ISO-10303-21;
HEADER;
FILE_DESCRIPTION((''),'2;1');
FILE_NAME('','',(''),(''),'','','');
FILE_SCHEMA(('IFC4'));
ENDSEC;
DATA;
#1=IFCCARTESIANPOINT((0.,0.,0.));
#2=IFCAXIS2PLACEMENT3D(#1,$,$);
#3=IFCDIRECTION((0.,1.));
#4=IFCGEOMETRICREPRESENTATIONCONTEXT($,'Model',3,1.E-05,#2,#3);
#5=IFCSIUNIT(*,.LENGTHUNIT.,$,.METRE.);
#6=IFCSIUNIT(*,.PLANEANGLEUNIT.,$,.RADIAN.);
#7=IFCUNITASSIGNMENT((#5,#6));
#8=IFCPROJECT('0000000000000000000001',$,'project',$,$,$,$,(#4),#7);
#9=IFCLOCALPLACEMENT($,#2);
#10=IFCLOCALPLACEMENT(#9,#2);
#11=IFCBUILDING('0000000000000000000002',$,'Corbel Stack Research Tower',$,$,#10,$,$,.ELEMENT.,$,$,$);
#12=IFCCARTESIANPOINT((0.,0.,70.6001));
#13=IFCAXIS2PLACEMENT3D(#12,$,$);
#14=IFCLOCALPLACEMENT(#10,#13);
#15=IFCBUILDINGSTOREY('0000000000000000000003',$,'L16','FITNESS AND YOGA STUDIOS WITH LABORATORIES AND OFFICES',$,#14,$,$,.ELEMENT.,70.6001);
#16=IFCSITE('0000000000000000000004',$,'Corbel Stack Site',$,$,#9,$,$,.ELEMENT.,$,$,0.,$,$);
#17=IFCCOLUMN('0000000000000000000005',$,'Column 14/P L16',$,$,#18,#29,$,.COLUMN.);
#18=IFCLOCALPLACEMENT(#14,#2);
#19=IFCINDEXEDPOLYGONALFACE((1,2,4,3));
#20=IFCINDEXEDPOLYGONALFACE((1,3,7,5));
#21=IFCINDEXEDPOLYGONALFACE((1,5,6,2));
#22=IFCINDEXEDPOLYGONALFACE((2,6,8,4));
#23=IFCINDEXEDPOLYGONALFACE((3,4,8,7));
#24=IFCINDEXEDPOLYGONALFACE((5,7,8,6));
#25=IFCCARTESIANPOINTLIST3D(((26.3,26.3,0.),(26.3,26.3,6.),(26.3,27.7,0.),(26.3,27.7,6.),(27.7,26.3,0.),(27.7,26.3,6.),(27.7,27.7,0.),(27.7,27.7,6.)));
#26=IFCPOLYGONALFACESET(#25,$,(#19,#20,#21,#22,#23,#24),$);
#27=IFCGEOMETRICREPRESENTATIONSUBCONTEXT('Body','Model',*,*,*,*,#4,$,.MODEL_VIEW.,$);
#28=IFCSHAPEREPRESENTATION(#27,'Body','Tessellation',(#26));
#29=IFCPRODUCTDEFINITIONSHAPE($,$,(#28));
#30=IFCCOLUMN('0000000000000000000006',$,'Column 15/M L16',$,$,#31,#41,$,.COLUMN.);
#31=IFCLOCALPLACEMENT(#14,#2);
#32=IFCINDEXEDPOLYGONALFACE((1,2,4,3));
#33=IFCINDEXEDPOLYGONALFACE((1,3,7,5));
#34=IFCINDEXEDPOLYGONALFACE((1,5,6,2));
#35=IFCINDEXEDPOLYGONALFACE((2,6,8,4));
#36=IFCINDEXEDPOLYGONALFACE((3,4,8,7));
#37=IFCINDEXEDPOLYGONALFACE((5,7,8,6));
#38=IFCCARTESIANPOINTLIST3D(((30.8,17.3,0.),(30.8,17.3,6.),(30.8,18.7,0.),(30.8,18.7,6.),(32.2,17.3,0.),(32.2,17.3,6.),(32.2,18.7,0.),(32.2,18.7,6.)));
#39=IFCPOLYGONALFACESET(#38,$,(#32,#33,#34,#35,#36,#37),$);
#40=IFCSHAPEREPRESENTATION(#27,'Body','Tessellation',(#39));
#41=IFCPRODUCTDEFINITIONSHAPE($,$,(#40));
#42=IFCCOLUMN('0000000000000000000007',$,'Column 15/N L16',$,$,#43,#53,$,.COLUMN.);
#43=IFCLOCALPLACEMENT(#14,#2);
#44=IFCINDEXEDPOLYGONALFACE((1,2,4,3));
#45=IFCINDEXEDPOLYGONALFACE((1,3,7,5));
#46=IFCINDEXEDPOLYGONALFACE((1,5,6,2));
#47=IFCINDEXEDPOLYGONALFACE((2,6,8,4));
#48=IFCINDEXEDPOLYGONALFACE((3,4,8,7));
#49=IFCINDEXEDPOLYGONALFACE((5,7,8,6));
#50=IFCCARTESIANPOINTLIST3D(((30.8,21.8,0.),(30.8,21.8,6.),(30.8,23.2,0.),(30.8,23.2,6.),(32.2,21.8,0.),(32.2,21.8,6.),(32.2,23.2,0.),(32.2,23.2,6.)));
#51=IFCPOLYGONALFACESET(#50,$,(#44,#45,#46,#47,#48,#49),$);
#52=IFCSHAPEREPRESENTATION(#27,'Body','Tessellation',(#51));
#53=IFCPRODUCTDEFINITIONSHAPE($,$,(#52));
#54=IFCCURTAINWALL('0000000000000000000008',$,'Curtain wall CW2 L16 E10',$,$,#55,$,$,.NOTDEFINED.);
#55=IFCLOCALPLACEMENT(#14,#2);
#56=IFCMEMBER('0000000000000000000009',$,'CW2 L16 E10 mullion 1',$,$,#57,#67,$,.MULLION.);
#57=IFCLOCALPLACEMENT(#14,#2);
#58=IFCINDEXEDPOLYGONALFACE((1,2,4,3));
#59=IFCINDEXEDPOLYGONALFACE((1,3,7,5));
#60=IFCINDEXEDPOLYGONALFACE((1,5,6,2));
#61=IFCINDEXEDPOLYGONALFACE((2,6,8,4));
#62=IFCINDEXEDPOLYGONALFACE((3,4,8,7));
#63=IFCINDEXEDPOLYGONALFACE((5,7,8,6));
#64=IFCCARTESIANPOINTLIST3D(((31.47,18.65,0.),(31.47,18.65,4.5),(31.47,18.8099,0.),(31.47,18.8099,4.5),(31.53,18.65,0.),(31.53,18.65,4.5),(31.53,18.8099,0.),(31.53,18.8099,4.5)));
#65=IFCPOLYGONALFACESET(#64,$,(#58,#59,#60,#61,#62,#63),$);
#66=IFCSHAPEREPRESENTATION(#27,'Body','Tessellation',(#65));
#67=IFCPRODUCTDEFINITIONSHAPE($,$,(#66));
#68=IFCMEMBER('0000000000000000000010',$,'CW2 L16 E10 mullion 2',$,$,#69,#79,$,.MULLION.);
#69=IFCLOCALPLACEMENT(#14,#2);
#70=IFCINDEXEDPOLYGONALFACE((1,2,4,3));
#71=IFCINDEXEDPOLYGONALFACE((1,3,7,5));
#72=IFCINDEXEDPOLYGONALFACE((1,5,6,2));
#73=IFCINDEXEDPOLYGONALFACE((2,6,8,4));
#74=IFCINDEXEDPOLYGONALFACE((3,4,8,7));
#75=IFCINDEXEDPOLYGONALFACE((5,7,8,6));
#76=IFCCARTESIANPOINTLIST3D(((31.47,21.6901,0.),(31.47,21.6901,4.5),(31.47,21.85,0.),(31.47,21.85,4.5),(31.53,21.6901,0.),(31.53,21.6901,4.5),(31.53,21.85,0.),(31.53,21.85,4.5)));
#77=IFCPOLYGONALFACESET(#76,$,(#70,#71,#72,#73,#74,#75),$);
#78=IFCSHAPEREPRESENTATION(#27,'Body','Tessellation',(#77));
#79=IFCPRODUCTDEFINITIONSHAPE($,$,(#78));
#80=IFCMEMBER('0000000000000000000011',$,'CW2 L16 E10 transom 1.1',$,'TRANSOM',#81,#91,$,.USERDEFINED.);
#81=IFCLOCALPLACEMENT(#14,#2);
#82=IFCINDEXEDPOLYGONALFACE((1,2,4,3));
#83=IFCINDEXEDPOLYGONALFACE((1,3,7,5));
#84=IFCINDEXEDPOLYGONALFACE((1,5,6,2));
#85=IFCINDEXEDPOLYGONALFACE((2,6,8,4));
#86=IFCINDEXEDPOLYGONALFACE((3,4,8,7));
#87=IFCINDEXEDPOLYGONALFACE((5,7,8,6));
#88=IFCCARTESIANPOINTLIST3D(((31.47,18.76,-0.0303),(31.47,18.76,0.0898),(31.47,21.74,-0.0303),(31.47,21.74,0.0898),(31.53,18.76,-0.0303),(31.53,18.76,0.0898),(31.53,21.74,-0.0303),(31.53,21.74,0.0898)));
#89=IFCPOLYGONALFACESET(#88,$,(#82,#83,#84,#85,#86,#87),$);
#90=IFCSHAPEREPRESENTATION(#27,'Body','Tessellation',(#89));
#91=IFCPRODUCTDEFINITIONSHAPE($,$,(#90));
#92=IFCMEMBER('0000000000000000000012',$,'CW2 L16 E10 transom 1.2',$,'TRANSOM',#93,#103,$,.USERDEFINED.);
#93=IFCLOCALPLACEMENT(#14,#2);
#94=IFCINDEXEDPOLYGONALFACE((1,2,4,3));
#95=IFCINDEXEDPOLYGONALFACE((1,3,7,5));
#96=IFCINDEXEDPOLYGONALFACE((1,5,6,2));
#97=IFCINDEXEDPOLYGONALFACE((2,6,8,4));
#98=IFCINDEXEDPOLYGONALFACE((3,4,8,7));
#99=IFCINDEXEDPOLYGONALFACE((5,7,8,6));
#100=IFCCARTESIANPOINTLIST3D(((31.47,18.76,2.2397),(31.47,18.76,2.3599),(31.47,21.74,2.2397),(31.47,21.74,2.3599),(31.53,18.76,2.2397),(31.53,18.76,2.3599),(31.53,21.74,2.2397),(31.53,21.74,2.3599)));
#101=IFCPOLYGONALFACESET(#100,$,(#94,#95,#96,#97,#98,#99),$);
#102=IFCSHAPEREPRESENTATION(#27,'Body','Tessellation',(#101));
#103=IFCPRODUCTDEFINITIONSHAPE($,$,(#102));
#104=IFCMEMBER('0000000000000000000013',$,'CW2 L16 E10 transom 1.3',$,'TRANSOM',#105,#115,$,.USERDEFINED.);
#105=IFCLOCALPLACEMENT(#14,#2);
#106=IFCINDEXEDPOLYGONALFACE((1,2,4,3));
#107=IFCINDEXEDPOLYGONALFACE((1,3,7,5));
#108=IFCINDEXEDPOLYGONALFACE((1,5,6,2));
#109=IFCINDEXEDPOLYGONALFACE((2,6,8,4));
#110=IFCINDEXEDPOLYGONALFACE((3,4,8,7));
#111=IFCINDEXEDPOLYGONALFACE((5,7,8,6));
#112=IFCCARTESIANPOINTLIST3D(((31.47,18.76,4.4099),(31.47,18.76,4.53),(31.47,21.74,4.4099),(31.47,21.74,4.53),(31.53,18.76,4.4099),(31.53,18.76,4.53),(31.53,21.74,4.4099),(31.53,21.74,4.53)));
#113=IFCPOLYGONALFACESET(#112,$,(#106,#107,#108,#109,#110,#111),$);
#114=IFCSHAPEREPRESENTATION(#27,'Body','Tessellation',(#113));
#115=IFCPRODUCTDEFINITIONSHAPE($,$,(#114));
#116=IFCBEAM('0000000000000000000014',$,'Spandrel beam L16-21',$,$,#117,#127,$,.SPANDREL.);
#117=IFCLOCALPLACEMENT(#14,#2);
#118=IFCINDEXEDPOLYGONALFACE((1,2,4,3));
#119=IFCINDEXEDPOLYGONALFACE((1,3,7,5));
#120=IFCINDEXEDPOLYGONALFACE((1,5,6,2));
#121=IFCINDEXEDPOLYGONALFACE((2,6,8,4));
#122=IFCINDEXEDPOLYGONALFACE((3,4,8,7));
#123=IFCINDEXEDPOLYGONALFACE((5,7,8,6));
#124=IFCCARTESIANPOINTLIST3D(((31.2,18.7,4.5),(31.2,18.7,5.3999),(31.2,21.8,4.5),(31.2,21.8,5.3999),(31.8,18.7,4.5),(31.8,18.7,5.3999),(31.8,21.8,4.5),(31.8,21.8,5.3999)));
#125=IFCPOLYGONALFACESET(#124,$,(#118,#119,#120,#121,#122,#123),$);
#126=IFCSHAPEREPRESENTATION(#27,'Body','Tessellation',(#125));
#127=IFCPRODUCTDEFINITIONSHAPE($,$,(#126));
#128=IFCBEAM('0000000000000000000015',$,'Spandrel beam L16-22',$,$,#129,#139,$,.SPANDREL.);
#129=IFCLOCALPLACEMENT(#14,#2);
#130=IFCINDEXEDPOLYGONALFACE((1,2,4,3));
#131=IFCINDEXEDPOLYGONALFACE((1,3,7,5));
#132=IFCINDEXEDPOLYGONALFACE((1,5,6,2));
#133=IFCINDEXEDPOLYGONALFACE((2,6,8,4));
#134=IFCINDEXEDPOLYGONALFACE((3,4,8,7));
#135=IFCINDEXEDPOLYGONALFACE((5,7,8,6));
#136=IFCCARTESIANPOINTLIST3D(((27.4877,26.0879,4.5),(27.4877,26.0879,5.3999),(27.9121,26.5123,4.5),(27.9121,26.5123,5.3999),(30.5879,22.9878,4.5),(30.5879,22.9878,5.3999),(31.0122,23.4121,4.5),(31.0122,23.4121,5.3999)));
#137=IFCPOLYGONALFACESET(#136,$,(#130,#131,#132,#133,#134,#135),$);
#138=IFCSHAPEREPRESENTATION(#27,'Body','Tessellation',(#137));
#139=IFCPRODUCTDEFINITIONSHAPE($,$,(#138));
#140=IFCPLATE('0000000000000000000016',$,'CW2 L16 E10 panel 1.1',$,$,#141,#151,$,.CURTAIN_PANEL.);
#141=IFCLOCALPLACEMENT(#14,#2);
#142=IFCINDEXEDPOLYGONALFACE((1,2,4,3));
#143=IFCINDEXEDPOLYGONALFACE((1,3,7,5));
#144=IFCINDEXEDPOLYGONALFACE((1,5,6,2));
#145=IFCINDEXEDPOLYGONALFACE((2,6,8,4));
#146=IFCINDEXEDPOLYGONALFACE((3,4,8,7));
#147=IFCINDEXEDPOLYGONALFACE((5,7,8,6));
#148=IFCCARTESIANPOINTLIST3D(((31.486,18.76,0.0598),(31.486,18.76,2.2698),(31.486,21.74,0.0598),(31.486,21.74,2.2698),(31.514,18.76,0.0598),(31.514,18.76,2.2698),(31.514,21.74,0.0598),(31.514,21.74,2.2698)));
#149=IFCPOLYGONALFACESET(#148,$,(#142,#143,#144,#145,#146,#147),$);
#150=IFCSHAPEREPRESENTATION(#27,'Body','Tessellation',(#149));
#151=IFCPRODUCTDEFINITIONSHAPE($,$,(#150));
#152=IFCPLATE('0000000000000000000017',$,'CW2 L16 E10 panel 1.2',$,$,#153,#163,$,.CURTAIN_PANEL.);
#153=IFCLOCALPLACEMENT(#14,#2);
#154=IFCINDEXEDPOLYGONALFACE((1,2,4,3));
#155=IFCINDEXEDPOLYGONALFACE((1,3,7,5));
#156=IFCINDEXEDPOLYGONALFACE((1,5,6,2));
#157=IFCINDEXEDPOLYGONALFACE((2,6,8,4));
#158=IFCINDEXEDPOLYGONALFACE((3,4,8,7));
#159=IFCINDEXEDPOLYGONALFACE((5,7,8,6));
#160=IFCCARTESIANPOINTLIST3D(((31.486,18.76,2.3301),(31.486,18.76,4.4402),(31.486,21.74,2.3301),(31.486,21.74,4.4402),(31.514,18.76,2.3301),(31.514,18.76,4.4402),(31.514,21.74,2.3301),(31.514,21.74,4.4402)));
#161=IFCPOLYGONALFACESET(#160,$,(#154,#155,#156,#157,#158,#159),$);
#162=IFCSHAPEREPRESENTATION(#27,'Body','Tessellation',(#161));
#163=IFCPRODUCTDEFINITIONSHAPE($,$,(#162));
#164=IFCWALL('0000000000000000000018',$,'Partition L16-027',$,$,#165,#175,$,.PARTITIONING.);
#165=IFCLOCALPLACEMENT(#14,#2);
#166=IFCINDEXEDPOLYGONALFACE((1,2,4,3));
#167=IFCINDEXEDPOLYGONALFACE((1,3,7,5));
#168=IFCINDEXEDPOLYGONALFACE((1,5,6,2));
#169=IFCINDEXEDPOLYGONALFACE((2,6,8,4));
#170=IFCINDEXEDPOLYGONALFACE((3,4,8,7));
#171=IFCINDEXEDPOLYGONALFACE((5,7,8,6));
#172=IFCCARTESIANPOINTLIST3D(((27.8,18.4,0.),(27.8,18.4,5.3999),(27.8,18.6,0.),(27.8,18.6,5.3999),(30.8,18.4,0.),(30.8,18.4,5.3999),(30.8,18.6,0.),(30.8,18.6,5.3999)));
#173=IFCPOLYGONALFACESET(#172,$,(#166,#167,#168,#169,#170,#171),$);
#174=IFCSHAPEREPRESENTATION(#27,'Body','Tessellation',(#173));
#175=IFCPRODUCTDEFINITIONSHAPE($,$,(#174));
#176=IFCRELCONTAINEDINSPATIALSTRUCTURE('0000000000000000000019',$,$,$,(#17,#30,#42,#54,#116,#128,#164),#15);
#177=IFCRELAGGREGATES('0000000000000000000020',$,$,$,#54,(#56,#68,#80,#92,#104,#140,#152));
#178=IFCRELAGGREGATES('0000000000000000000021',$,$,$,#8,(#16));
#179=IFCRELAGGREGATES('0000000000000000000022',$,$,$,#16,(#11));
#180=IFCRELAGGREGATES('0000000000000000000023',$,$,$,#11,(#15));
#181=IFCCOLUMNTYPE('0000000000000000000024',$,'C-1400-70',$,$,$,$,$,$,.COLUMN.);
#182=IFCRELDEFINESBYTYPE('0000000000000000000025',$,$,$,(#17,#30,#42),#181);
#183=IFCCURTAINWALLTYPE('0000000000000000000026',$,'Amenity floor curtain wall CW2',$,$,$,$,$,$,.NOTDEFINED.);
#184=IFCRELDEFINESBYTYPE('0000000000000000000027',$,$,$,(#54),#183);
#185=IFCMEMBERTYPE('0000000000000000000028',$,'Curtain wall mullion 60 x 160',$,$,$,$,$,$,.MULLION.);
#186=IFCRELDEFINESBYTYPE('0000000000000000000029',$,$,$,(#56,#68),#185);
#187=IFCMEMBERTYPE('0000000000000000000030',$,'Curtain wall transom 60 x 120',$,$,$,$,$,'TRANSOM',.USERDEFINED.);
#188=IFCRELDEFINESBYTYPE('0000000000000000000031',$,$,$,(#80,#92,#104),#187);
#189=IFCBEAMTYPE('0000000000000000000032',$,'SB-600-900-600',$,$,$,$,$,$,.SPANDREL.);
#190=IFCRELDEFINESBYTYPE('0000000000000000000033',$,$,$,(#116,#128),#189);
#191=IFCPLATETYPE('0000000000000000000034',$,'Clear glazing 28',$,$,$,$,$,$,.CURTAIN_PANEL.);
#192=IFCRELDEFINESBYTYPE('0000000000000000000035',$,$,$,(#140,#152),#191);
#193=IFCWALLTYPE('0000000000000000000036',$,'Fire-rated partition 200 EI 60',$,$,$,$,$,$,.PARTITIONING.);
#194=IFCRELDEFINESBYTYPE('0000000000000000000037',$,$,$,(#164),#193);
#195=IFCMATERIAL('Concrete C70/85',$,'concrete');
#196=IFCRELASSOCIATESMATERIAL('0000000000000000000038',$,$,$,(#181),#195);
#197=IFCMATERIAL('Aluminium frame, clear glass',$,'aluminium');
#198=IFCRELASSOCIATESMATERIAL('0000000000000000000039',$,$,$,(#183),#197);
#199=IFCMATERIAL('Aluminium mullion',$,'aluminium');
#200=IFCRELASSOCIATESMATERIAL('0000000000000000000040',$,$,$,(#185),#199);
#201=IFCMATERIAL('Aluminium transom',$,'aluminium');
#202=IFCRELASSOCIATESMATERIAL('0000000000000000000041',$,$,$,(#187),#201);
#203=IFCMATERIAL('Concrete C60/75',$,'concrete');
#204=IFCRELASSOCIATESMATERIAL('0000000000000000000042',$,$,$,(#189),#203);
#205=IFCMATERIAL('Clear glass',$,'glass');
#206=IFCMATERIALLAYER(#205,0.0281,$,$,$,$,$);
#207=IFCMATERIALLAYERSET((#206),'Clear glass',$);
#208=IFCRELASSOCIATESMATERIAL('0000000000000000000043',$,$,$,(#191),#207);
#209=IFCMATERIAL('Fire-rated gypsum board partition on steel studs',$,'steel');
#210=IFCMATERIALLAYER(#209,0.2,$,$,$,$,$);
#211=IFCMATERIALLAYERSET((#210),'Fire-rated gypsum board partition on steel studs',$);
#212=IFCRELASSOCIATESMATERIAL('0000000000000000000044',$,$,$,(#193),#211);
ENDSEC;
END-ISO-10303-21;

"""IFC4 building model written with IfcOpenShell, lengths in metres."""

from ifc_helpers import new_model, si_unit, direction, frame, frame_2d, origin, origin_2d, place, context, subcontext, project, spatial, rectangle, extrude, material, layer, layer_set, material_profile, profile_set, type_object, element, aggregate, save


model = new_model("IFC4")

# Units and contexts
model_context = context("Model", 3, precision=1e-05, world=origin(), true_north=direction((0.0, 1.0)))
body_context = subcontext(model_context, "Body", "Model", "MODEL_VIEW")
ifc_project = project(units=[si_unit("LENGTHUNIT", "METRE"), si_unit("PLANEANGLEUNIT", "RADIAN")], contexts=[model_context])

# Site, building, storey
site_placement = place(None, origin())
site = spatial("IfcSite", under=ifc_project, at=site_placement, Name="Corbel Stack Site", CompositionType="ELEMENT", RefElevation=0.0)
building_placement = place(site_placement, origin())
building = spatial("IfcBuilding", under=site, at=building_placement, Name="Corbel Stack Research Tower", CompositionType="ELEMENT")
storey_placement = place(building_placement, frame((0.0, 0.0, 70.6001)))
storey = spatial("IfcBuildingStorey", under=building, at=storey_placement, Name="L16", Description="FITNESS AND YOGA STUDIOS WITH LABORATORIES AND OFFICES", CompositionType="ELEMENT", Elevation=70.6001)

# Columns
ifc_material_1 = material(Name="Concrete C70/85", Category="concrete")
ifc_material_profile_1 = material_profile(ifc_material_1, rectangle(XDim=1.3999, YDim=1.3999, at=origin_2d()), Name="RC 1400 x 1400")
ifc_profile_set_1 = profile_set([ifc_material_profile_1], Name="Concrete C70/85")
column_type = type_object("IfcColumnType", Name="C-1400-70", PredefinedType="COLUMN", material=ifc_profile_set_1)
for number, where, z_axis, x_axis, name in (
    (1, (27.0, 27.0, 0.0), (0.0, 0.0, 1.0), (1.0, 0.0, 0.0), "Column 14/P L16"),
    (2, (31.5, 18.0, 0.0), (0.0, 0.0, 1.0), (1.0, 0.0, 0.0), "Column 15/M L16"),
    (3, (31.5, 22.5, 0.0), (0.0, 0.0, 1.0), (1.0, 0.0, 0.0), "Column 15/N L16"),
):
    element("IfcColumn", number, at=place(storey_placement, frame(where, z_axis=z_axis, x_axis=x_axis)), inside=storey, type_object=column_type, Name=name, PredefinedType="COLUMN", context=body_context, shape_type="SweptSolid", body=[
        extrude(rectangle(XDim=1.3999, YDim=1.3999, at=origin_2d()), origin(), (0.0, 0.0, 1.0), 6.0),
    ])

# Curtain wall, members
ifc_material_2 = material(Name="Aluminium frame, clear glass", Category="aluminium")
curtain_wall_type = type_object("IfcCurtainWallType", Name="Amenity floor curtain wall CW2", PredefinedType="NOTDEFINED", material=ifc_material_2)
curtain_wall_placement = place(storey_placement, origin())
curtain_wall = element("IfcCurtainWall", 4, at=curtain_wall_placement, inside=storey, type_object=curtain_wall_type, Name="Curtain wall CW2 L16 E10", PredefinedType="NOTDEFINED")
ifc_material_3 = material(Name="Aluminium mullion", Category="aluminium")
ifc_material_profile_2 = material_profile(ifc_material_3, rectangle(XDim=0.0601, YDim=0.1599, at=origin_2d()), Name="Mullion 60 x 160")
ifc_profile_set_2 = profile_set([ifc_material_profile_2], Name="Aluminium mullion")
member_type_1 = type_object("IfcMemberType", Name="Curtain wall mullion 60 x 160", PredefinedType="MULLION", material=ifc_profile_set_2)
member_1_placement = place(storey_placement, frame((31.5, 18.73, 0.0), z_axis=(0.0, 0.0, 1.0), x_axis=(-1.0, 0.0, 0.0)))
member_1 = element("IfcMember", 5, at=member_1_placement, type_object=member_type_1, Name="CW2 L16 E10 mullion 1", PredefinedType="MULLION", context=body_context, shape_type="SweptSolid", body=[
    extrude(rectangle(XDim=0.0601, YDim=0.1599, at=origin_2d()), origin(), (0.0, 0.0, 1.0), 4.5),
])
member_2_placement = place(storey_placement, frame((31.5, 21.77, 0.0), z_axis=(0.0, 0.0, 1.0), x_axis=(-1.0, 0.0, 0.0)))
member_2 = element("IfcMember", 6, at=member_2_placement, type_object=member_type_1, Name="CW2 L16 E10 mullion 2", PredefinedType="MULLION", context=body_context, shape_type="SweptSolid", body=[
    extrude(rectangle(XDim=0.0601, YDim=0.1599, at=origin_2d()), origin(), (0.0, 0.0, 1.0), 4.5),
])
ifc_material_4 = material(Name="Aluminium transom", Category="aluminium")
ifc_material_profile_3 = material_profile(ifc_material_4, rectangle(XDim=0.0601, YDim=0.1201, at=origin_2d()), Name="Transom 60 x 120")
ifc_profile_set_3 = profile_set([ifc_material_profile_3], Name="Aluminium transom")
member_type_2 = type_object("IfcMemberType", Name="Curtain wall transom 60 x 120", ElementType="TRANSOM", PredefinedType="USERDEFINED", material=ifc_profile_set_3)
member_3_placement = place(storey_placement, frame((31.5, 18.76, 0.0298), z_axis=(0.0, 1.0, 0.0), x_axis=(-1.0, 0.0, 0.0)))
member_3 = element("IfcMember", 7, at=member_3_placement, type_object=member_type_2, Name="CW2 L16 E10 transom 1.1", ObjectType="TRANSOM", PredefinedType="USERDEFINED", context=body_context, shape_type="SweptSolid", body=[
    extrude(rectangle(XDim=0.0601, YDim=0.1201, at=origin_2d()), origin(), (0.0, 0.0, 1.0), 2.98),
])
member_4_placement = place(storey_placement, frame((31.5, 18.76, 2.2998), z_axis=(0.0, 1.0, 0.0), x_axis=(-1.0, 0.0, 0.0)))
member_4 = element("IfcMember", 8, at=member_4_placement, type_object=member_type_2, Name="CW2 L16 E10 transom 1.2", ObjectType="TRANSOM", PredefinedType="USERDEFINED", context=body_context, shape_type="SweptSolid", body=[
    extrude(rectangle(XDim=0.0601, YDim=0.1201, at=origin_2d()), origin(), (0.0, 0.0, 1.0), 2.98),
])
member_5_placement = place(storey_placement, frame((31.5, 18.76, 4.47), z_axis=(0.0, 1.0, 0.0), x_axis=(-1.0, 0.0, 0.0)))
member_5 = element("IfcMember", 9, at=member_5_placement, type_object=member_type_2, Name="CW2 L16 E10 transom 1.3", ObjectType="TRANSOM", PredefinedType="USERDEFINED", context=body_context, shape_type="SweptSolid", body=[
    extrude(rectangle(XDim=0.0601, YDim=0.1201, at=origin_2d()), origin(), (0.0, 0.0, 1.0), 2.98),
])

# Beams
ifc_material_5 = material(Name="Concrete C60/75", Category="concrete")
ifc_material_profile_4 = material_profile(ifc_material_5, rectangle(XDim=0.6001, YDim=0.8999, at=origin_2d()), Name="RC 600 x 900")
ifc_profile_set_4 = profile_set([ifc_material_profile_4], Name="Concrete C60/75")
beam_type = type_object("IfcBeamType", Name="SB-600-900-600", PredefinedType="SPANDREL", material=ifc_profile_set_4)
beam_1_placement = place(storey_placement, frame((31.5, 18.7, 4.95), z_axis=(0.0, 1.0, 0.0), x_axis=(-1.0, 0.0, 0.0)))
element("IfcBeam", 10, at=beam_1_placement, inside=storey, type_object=beam_type, Name="Spandrel beam L16-21", PredefinedType="SPANDREL", context=body_context, shape_type="SweptSolid", body=[
    extrude(rectangle(XDim=0.6001, YDim=0.8999, at=origin_2d()), origin(), (0.0, 0.0, 1.0), 3.1001),
])
beam_2_placement = place(storey_placement, frame((30.8, 23.2, 4.95), z_axis=(-0.707107, 0.707107, 0.0), x_axis=(-0.707107, -0.707107, 0.0)))
element("IfcBeam", 11, at=beam_2_placement, inside=storey, type_object=beam_type, Name="Spandrel beam L16-22", PredefinedType="SPANDREL", context=body_context, shape_type="SweptSolid", body=[
    extrude(rectangle(XDim=0.6001, YDim=0.8999, at=origin_2d()), origin(), (0.0, 0.0, 1.0), 4.3843),
])

# Plates
ifc_material_6 = material(Name="Clear glass", Category="glass")
ifc_layer_1 = layer(ifc_material_6, 0.0281)
ifc_layer_set_1 = layer_set([ifc_layer_1], Name="Clear glass")
plate_type = type_object("IfcPlateType", Name="Clear glazing 28", PredefinedType="CURTAIN_PANEL", material=ifc_layer_set_1)
plate_1_placement = place(storey_placement, frame((31.5, 20.25, 0.0598), z_axis=(0.0, 0.0, 1.0), x_axis=(0.0, 1.0, 0.0)))
plate_1 = element("IfcPlate", 12, at=plate_1_placement, type_object=plate_type, Name="CW2 L16 E10 panel 1.1", PredefinedType="CURTAIN_PANEL", context=body_context, shape_type="SweptSolid", body=[
    extrude(rectangle(XDim=2.98, YDim=0.0281, at=origin_2d()), origin(), (0.0, 0.0, 1.0), 2.21),
])
plate_2_placement = place(storey_placement, frame((31.5, 20.25, 2.3301), z_axis=(0.0, 0.0, 1.0), x_axis=(0.0, 1.0, 0.0)))
plate_2 = element("IfcPlate", 13, at=plate_2_placement, type_object=plate_type, Name="CW2 L16 E10 panel 1.2", PredefinedType="CURTAIN_PANEL", context=body_context, shape_type="SweptSolid", body=[
    extrude(rectangle(XDim=2.98, YDim=0.0281, at=origin_2d()), origin(), (0.0, 0.0, 1.0), 2.1101),
])
aggregate(curtain_wall, [member_1, member_2, member_3, member_4, member_5, plate_1, plate_2])

# Wall
ifc_material_7 = material(Name="Fire-rated gypsum board partition on steel studs", Category="steel")
ifc_layer_2 = layer(ifc_material_7, 0.2)
ifc_layer_set_2 = layer_set([ifc_layer_2], Name="Fire-rated gypsum board partition on steel studs")
wall_type_1 = type_object("IfcWallType", Name="Fire-rated partition 200 EI 60", PredefinedType="PARTITIONING", material=ifc_layer_set_2)
wall_1_placement = place(storey_placement, frame((27.8, 18.5, 0.0), z_axis=(0.0, 0.0, 1.0), x_axis=(1.0, 0.0, 0.0)))
element("IfcWall", 14, at=wall_1_placement, inside=storey, type_object=wall_type_1, Name="Partition L16-027", PredefinedType="PARTITIONING", context=body_context, shape_type="SweptSolid", body=[
    extrude(rectangle(XDim=3.0, YDim=0.2, at=frame_2d((1.5, 0.0))), origin(), (0.0, 0.0, 1.0), 5.3999),
])

save(model, "model.ifc")
